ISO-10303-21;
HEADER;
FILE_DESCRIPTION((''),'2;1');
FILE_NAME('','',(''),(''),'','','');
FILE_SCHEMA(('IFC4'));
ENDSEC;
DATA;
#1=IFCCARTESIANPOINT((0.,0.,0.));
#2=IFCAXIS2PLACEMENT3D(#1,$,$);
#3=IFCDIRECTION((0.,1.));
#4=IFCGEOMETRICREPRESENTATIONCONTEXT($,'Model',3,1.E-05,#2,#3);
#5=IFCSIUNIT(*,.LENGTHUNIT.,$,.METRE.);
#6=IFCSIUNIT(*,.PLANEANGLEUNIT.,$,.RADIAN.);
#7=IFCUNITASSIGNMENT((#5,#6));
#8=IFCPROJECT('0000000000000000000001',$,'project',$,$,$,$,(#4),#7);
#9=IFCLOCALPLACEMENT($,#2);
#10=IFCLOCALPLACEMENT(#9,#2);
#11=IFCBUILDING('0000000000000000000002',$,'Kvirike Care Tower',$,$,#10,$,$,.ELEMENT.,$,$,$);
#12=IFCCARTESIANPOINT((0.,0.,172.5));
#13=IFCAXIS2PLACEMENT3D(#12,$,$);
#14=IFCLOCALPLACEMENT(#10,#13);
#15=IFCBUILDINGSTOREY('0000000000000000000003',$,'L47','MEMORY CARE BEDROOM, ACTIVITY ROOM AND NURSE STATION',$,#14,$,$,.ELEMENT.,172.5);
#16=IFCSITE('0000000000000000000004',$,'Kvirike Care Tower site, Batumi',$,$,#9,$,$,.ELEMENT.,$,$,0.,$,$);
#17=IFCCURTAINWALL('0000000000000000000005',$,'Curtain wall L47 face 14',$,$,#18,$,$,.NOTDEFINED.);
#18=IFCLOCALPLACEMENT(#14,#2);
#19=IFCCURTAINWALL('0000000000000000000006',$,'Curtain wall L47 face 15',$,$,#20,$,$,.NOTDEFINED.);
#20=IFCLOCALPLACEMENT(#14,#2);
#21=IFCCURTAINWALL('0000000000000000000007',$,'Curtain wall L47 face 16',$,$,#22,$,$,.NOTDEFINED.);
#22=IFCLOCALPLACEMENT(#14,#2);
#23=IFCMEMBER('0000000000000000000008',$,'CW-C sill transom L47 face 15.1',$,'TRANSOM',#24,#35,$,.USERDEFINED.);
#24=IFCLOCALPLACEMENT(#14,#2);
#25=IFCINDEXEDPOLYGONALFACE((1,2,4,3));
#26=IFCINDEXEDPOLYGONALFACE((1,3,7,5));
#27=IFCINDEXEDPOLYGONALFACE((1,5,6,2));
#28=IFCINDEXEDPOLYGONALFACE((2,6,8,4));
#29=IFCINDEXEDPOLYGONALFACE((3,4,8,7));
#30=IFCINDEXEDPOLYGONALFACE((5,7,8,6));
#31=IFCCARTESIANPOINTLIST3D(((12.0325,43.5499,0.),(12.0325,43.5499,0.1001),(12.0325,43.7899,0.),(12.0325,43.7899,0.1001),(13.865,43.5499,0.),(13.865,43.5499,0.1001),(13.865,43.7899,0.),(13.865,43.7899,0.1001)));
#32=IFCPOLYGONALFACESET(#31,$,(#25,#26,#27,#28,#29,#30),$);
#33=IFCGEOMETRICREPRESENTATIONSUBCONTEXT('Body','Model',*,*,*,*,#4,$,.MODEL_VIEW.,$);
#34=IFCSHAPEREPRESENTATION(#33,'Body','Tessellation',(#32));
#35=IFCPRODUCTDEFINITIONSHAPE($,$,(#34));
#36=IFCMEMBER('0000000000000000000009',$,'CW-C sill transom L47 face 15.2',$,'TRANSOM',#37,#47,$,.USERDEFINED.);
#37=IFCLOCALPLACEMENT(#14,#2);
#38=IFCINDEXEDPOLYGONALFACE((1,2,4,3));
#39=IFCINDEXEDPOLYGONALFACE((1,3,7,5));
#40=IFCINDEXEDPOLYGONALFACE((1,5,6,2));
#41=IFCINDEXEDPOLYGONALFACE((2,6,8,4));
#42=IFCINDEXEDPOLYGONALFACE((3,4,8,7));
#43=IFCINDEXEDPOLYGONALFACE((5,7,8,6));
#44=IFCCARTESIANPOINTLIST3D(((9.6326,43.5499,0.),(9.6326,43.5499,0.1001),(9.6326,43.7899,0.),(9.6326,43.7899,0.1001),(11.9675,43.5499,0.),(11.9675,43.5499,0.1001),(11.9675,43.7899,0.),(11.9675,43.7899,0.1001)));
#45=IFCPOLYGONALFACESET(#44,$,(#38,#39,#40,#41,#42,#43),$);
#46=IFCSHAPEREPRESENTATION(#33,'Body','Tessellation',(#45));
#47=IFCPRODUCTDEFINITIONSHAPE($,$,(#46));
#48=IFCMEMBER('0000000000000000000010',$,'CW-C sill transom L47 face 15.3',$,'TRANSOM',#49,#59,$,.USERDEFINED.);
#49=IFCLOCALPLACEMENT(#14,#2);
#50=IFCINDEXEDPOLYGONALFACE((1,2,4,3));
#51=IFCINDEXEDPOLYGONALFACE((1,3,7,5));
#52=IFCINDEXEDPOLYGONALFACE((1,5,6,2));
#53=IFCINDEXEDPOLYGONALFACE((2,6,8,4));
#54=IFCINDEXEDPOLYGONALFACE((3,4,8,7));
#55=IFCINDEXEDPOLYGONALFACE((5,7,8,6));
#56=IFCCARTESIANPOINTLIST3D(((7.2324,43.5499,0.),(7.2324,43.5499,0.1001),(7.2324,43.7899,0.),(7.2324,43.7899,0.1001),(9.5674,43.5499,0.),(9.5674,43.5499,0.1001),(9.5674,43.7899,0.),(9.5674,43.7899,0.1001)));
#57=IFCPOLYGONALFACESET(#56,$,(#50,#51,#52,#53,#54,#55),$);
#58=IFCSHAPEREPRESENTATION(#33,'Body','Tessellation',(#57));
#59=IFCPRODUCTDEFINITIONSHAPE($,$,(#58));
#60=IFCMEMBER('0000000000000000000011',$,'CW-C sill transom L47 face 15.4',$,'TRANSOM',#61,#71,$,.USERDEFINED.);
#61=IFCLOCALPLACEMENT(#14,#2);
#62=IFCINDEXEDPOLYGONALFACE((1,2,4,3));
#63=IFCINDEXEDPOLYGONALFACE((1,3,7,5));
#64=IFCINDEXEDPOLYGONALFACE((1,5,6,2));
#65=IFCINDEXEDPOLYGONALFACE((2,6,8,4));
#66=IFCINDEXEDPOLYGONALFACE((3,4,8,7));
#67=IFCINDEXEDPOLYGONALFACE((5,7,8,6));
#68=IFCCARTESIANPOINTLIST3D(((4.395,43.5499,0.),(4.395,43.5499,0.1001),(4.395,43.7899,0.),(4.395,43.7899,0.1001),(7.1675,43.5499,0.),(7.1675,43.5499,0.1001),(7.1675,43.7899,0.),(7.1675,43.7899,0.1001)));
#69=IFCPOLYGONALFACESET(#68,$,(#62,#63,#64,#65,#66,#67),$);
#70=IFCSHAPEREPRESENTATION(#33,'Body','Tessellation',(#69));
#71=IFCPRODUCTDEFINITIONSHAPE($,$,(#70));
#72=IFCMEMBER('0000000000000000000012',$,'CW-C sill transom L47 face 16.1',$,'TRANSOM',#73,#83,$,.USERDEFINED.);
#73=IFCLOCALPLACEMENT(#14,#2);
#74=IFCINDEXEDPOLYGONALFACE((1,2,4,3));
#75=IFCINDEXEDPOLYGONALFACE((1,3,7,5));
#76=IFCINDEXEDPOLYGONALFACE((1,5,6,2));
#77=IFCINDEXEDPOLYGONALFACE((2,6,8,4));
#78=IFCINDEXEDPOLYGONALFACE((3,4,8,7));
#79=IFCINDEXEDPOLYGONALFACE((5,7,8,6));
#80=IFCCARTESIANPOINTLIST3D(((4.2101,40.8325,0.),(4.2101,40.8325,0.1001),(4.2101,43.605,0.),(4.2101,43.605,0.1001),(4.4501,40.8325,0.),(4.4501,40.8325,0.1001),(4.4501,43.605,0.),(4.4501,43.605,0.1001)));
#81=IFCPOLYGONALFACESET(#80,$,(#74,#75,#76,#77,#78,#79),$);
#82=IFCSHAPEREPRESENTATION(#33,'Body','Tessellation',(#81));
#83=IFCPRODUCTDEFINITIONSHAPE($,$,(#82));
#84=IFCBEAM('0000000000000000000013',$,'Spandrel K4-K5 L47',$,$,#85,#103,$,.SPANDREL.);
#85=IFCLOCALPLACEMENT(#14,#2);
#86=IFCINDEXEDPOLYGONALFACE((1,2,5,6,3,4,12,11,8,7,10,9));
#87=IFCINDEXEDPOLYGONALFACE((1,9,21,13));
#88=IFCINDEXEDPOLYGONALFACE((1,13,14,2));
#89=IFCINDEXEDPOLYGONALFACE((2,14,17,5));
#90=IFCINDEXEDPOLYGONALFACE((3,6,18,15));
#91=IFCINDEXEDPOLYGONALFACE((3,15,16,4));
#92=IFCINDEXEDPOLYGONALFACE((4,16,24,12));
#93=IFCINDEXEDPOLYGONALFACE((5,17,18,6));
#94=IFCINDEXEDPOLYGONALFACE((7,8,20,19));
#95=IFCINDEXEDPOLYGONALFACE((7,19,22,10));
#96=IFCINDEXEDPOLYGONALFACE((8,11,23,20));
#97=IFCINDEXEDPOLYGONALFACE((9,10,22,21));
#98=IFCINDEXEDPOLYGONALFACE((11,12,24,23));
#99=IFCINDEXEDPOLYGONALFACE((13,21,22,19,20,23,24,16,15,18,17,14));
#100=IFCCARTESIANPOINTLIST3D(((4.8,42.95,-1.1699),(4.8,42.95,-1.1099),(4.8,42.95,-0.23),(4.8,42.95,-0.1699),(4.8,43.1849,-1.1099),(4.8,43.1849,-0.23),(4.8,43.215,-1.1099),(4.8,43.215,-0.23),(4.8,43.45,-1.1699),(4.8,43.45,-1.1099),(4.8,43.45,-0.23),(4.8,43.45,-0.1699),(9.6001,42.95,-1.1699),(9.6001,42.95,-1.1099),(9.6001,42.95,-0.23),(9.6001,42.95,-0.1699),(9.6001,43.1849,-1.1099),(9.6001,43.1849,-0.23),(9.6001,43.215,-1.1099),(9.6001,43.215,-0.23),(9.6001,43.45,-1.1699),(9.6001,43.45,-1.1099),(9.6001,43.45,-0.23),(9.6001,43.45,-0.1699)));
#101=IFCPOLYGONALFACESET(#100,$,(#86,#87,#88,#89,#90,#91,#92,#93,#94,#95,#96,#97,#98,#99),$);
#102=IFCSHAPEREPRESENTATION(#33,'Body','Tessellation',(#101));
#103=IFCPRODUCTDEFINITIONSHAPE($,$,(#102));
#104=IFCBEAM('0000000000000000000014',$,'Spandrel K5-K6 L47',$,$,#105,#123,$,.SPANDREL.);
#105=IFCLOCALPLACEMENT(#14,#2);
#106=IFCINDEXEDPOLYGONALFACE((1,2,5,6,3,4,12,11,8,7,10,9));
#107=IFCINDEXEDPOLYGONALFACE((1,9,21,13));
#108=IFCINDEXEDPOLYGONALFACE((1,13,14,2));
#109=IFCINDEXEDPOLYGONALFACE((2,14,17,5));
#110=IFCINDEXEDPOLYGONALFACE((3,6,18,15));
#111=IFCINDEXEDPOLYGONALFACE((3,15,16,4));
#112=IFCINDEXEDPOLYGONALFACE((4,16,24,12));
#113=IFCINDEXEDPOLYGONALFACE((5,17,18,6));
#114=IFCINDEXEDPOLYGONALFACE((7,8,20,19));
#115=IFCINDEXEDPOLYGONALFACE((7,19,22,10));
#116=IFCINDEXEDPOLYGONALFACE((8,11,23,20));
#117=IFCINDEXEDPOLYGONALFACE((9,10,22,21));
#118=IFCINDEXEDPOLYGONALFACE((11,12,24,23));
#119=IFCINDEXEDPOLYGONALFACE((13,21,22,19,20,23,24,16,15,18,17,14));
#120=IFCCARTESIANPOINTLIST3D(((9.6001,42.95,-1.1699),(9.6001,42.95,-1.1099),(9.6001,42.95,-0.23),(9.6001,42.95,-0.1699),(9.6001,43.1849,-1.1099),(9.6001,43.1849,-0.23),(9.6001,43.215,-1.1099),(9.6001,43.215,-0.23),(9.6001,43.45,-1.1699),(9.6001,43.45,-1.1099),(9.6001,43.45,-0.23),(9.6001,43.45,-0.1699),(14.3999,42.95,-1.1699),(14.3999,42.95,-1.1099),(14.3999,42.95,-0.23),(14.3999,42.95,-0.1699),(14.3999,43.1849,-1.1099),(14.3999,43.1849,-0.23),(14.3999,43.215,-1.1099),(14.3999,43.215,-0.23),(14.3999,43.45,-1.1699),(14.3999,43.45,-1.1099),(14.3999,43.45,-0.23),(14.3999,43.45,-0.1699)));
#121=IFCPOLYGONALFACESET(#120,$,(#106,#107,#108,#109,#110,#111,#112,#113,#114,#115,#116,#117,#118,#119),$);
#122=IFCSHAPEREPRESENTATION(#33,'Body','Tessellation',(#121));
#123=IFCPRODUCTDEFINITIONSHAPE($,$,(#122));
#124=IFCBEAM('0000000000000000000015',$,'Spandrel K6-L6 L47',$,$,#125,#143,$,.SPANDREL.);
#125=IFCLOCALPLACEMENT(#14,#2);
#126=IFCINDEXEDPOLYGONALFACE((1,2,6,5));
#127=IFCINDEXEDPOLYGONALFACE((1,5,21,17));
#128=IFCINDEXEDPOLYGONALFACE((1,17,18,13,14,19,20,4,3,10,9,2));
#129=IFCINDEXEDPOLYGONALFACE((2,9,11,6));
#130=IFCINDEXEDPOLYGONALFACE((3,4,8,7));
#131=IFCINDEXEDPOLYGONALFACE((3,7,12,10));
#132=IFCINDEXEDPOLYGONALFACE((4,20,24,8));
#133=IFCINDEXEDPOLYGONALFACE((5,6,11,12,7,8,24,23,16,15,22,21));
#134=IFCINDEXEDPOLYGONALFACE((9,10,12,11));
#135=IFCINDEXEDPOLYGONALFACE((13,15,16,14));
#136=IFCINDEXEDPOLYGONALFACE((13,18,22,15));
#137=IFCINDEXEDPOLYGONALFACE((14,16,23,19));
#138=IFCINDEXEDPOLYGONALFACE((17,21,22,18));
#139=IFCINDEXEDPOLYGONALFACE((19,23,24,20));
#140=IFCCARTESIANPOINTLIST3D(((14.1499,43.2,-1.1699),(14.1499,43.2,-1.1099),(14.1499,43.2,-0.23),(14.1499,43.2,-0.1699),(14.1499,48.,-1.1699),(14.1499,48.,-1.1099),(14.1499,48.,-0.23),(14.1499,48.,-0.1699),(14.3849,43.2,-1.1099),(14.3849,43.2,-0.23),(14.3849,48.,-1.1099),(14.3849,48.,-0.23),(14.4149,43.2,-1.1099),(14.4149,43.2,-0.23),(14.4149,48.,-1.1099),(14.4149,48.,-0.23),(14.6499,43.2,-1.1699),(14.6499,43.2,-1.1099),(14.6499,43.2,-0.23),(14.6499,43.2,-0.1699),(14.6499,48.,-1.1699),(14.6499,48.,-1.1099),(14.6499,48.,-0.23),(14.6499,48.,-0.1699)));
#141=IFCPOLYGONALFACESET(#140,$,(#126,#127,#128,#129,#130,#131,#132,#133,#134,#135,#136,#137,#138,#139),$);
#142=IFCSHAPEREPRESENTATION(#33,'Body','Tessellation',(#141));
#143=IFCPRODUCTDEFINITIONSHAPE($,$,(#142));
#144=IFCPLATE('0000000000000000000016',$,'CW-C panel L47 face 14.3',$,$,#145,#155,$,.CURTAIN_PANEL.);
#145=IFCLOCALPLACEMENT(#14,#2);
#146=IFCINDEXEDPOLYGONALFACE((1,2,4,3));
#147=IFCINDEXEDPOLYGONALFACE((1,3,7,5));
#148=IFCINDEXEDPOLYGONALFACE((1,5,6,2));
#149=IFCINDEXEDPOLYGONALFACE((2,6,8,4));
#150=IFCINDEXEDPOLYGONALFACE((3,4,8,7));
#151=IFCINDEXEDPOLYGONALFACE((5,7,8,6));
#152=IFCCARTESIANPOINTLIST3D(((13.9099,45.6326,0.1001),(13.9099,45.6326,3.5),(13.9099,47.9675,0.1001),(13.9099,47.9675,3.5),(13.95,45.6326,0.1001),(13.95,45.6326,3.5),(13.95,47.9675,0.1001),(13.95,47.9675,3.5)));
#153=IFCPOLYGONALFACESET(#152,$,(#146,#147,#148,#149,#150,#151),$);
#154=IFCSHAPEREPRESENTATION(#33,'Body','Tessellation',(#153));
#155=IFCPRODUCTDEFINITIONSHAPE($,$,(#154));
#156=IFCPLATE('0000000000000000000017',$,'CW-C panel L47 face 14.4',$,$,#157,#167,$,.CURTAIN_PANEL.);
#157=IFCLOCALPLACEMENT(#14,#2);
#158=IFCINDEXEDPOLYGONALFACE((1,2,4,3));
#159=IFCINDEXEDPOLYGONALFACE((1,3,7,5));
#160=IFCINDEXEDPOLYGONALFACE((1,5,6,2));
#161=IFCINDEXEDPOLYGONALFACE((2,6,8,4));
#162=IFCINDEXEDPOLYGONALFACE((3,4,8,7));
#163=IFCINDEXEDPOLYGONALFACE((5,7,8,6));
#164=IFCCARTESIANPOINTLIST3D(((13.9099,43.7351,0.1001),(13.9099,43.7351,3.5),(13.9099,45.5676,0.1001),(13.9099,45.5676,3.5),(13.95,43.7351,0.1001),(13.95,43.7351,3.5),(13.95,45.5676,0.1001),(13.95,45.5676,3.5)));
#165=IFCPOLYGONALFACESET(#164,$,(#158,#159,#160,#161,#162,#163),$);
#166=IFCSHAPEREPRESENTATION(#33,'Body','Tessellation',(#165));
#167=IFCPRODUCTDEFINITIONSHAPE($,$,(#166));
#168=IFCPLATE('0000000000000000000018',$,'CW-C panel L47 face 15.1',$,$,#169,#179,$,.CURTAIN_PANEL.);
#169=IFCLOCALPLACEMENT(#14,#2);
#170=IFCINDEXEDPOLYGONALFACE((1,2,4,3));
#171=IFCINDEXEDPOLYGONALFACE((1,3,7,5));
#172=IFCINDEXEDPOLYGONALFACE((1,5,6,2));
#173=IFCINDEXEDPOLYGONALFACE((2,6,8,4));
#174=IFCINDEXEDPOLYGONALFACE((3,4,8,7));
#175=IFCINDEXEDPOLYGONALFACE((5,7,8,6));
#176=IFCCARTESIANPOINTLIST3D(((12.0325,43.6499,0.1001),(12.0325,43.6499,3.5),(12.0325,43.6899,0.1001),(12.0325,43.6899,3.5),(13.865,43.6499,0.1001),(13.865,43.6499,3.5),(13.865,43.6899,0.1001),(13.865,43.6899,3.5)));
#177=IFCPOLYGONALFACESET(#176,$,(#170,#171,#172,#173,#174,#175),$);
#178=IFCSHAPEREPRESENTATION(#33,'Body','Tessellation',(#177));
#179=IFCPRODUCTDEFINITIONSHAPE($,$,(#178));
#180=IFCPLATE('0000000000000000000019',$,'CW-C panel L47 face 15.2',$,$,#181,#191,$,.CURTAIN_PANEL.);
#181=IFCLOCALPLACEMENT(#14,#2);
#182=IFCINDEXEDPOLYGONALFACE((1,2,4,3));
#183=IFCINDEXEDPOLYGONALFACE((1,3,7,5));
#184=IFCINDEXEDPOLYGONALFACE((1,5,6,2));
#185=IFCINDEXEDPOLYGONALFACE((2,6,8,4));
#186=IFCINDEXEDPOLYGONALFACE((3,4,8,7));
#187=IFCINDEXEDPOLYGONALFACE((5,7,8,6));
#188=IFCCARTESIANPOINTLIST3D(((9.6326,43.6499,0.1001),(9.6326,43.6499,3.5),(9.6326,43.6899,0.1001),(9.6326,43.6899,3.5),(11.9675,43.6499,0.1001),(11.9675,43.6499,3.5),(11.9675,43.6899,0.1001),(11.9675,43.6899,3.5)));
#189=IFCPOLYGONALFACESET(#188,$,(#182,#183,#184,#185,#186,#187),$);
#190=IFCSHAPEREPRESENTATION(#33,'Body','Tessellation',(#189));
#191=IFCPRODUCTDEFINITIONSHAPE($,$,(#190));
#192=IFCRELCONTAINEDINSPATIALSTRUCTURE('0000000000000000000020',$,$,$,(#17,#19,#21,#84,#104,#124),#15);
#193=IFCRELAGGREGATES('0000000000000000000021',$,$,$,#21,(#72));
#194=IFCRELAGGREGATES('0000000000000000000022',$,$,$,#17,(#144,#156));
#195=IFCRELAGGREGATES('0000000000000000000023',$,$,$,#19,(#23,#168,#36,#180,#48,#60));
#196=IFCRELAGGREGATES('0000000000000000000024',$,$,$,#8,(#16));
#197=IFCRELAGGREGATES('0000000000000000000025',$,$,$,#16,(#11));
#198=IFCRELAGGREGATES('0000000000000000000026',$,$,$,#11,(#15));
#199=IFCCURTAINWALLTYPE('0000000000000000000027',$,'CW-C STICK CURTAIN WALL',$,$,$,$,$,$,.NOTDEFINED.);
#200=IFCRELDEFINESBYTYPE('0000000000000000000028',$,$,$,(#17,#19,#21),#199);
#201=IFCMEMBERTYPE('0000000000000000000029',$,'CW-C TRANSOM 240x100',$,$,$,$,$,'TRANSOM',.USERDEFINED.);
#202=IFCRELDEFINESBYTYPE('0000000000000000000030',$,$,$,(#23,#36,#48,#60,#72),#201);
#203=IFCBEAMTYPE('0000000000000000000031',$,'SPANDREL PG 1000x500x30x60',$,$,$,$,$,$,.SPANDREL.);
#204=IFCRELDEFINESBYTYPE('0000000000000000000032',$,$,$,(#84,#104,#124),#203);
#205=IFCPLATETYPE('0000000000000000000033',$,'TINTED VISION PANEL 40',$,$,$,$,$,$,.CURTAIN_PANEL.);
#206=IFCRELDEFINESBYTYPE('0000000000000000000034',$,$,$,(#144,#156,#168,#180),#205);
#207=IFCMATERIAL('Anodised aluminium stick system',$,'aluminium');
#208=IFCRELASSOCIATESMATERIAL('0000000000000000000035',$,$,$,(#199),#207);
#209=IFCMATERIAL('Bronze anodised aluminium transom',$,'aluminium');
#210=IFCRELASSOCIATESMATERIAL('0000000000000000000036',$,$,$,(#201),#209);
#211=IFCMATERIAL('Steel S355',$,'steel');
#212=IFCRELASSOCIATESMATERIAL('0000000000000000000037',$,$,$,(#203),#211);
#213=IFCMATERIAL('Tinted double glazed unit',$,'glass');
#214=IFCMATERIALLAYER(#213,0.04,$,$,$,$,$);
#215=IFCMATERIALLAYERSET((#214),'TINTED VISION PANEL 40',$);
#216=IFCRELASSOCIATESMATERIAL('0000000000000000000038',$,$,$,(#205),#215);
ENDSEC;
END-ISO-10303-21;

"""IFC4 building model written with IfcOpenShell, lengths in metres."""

from ifc_helpers import new_model, si_unit, direction, frame, origin, origin_2d, place, context, subcontext, project, spatial, rectangle, i_section, extrude, material, layer, layer_set, material_profile, profile_set, type_object, element, aggregate, save


model = new_model("IFC4")

# Units and contexts
model_context = context("Model", 3, precision=1e-05, world=origin(), true_north=direction((0.0, 1.0)))
body_context = subcontext(model_context, "Body", "Model", "MODEL_VIEW")
ifc_project = project(units=[si_unit("LENGTHUNIT", "METRE"), si_unit("PLANEANGLEUNIT", "RADIAN")], contexts=[model_context])

# Site, building, storey
site_placement = place(None, origin())
site = spatial("IfcSite", under=ifc_project, at=site_placement, Name="Kvirike Care Tower site, Batumi", CompositionType="ELEMENT", RefElevation=0.0)
building_placement = place(site_placement, origin())
building = spatial("IfcBuilding", under=site, at=building_placement, Name="Kvirike Care Tower", CompositionType="ELEMENT")
storey_placement = place(building_placement, frame((0.0, 0.0, 172.5)))
storey = spatial("IfcBuildingStorey", under=building, at=storey_placement, Name="L47", Description="MEMORY CARE BEDROOM, ACTIVITY ROOM AND NURSE STATION", CompositionType="ELEMENT", Elevation=172.5)

# Curtain walls
ifc_material_1 = material(Name="Anodised aluminium stick system", Category="aluminium")
curtain_wall_type = type_object("IfcCurtainWallType", Name="CW-C STICK CURTAIN WALL", PredefinedType="NOTDEFINED", material=ifc_material_1)
curtain_wall_1_placement = place(storey_placement, origin())
curtain_wall_1 = element("IfcCurtainWall", 1, at=curtain_wall_1_placement, inside=storey, type_object=curtain_wall_type, Name="Curtain wall L47 face 14", PredefinedType="NOTDEFINED")
curtain_wall_2_placement = place(storey_placement, origin())
curtain_wall_2 = element("IfcCurtainWall", 2, at=curtain_wall_2_placement, inside=storey, type_object=curtain_wall_type, Name="Curtain wall L47 face 15", PredefinedType="NOTDEFINED")

# Curtain wall
curtain_wall_3_placement = place(storey_placement, origin())
curtain_wall_3 = element("IfcCurtainWall", 3, at=curtain_wall_3_placement, inside=storey, type_object=curtain_wall_type, Name="Curtain wall L47 face 16", PredefinedType="NOTDEFINED")

# Members
ifc_material_2 = material(Name="Bronze anodised aluminium transom", Category="aluminium")
ifc_material_profile_1 = material_profile(ifc_material_2, rectangle(XDim=0.24, YDim=0.1001, at=origin_2d()), Name="CW-C TRANSOM 240x100")
ifc_profile_set_1 = profile_set([ifc_material_profile_1], Name="Bronze anodised aluminium transom")
member_type_1 = type_object("IfcMemberType", Name="CW-C TRANSOM 240x100", ElementType="TRANSOM", PredefinedType="USERDEFINED", material=ifc_profile_set_1)
member_1_placement = place(storey_placement, frame((13.865, 43.6699, 0.05), z_axis=(-1.0, 0.0, 0.0), x_axis=(0.0, -1.0, 0.0)))
member_1 = element("IfcMember", 4, at=member_1_placement, type_object=member_type_1, Name="CW-C sill transom L47 face 15.1", ObjectType="TRANSOM", PredefinedType="USERDEFINED", context=body_context, shape_type="SweptSolid", body=[
    extrude(rectangle(XDim=0.24, YDim=0.1001, at=origin_2d()), origin(), (0.0, 0.0, 1.0), 1.8325),
])
member_2_placement = place(storey_placement, frame((11.9675, 43.6699, 0.05), z_axis=(-1.0, 0.0, 0.0), x_axis=(0.0, -1.0, 0.0)))
member_2 = element("IfcMember", 5, at=member_2_placement, type_object=member_type_1, Name="CW-C sill transom L47 face 15.2", ObjectType="TRANSOM", PredefinedType="USERDEFINED", context=body_context, shape_type="SweptSolid", body=[
    extrude(rectangle(XDim=0.24, YDim=0.1001, at=origin_2d()), origin(), (0.0, 0.0, 1.0), 2.335),
])
member_3_placement = place(storey_placement, frame((9.5674, 43.6699, 0.05), z_axis=(-1.0, 0.0, 0.0), x_axis=(0.0, -1.0, 0.0)))
member_3 = element("IfcMember", 6, at=member_3_placement, type_object=member_type_1, Name="CW-C sill transom L47 face 15.3", ObjectType="TRANSOM", PredefinedType="USERDEFINED", context=body_context, shape_type="SweptSolid", body=[
    extrude(rectangle(XDim=0.24, YDim=0.1001, at=origin_2d()), origin(), (0.0, 0.0, 1.0), 2.335),
])
member_4_placement = place(storey_placement, frame((7.1675, 43.6699, 0.05), z_axis=(-1.0, 0.0, 0.0), x_axis=(0.0, -1.0, 0.0)))
member_4 = element("IfcMember", 7, at=member_4_placement, type_object=member_type_1, Name="CW-C sill transom L47 face 15.4", ObjectType="TRANSOM", PredefinedType="USERDEFINED", context=body_context, shape_type="SweptSolid", body=[
    extrude(rectangle(XDim=0.24, YDim=0.1001, at=origin_2d()), origin(), (0.0, 0.0, 1.0), 2.7725),
])
member_5_placement = place(storey_placement, frame((4.3301, 43.605, 0.05), z_axis=(0.0, -1.0, 0.0), x_axis=(1.0, 0.0, 0.0)))
member_5 = element("IfcMember", 8, at=member_5_placement, type_object=member_type_1, Name="CW-C sill transom L47 face 16.1", ObjectType="TRANSOM", PredefinedType="USERDEFINED", context=body_context, shape_type="SweptSolid", body=[
    extrude(rectangle(XDim=0.24, YDim=0.1001, at=origin_2d()), origin(), (0.0, 0.0, 1.0), 2.7725),
])
aggregate(curtain_wall_3, [member_5])

# Beams
ifc_material_3 = material(Name="Steel S355", Category="steel")
ifc_material_profile_2 = material_profile(ifc_material_3, i_section(OverallWidth=0.5, OverallDepth=1.0, WebThickness=0.03, FlangeThickness=0.0601, at=origin_2d()), Name="PG 1000x500x30x60")
ifc_profile_set_2 = profile_set([ifc_material_profile_2], Name="Steel S355")
beam_type = type_object("IfcBeamType", Name="SPANDREL PG 1000x500x30x60", PredefinedType="SPANDREL", material=ifc_profile_set_2)
beam_1_placement = place(storey_placement, frame((4.8, 43.2, -0.6699), z_axis=(1.0, 0.0, 0.0), x_axis=(0.0, 1.0, 0.0)))
element("IfcBeam", 9, at=beam_1_placement, inside=storey, type_object=beam_type, Name="Spandrel K4-K5 L47", PredefinedType="SPANDREL", context=body_context, shape_type="SweptSolid", body=[
    extrude(i_section(OverallWidth=0.5, OverallDepth=1.0, WebThickness=0.03, FlangeThickness=0.0601, at=origin_2d()), origin(), (0.0, 0.0, 1.0), 4.8),
])
beam_2_placement = place(storey_placement, frame((9.6001, 43.2, -0.6699), z_axis=(1.0, 0.0, 0.0), x_axis=(0.0, 1.0, 0.0)))
element("IfcBeam", 10, at=beam_2_placement, inside=storey, type_object=beam_type, Name="Spandrel K5-K6 L47", PredefinedType="SPANDREL", context=body_context, shape_type="SweptSolid", body=[
    extrude(i_section(OverallWidth=0.5, OverallDepth=1.0, WebThickness=0.03, FlangeThickness=0.0601, at=origin_2d()), origin(), (0.0, 0.0, 1.0), 4.7998),
])
beam_3_placement = place(storey_placement, frame((14.3999, 43.2, -0.6699), z_axis=(0.0, 1.0, 0.0), x_axis=(-1.0, 0.0, 0.0)))
element("IfcBeam", 11, at=beam_3_placement, inside=storey, type_object=beam_type, Name="Spandrel K6-L6 L47", PredefinedType="SPANDREL", context=body_context, shape_type="SweptSolid", body=[
    extrude(i_section(OverallWidth=0.5, OverallDepth=1.0, WebThickness=0.03, FlangeThickness=0.0601, at=origin_2d()), origin(), (0.0, 0.0, 1.0), 4.8),
])

# Plates
ifc_material_4 = material(Name="Tinted double glazed unit", Category="glass")
ifc_layer_1 = layer(ifc_material_4, 0.04)
ifc_layer_set_1 = layer_set([ifc_layer_1], Name="TINTED VISION PANEL 40")
plate_type = type_object("IfcPlateType", Name="TINTED VISION PANEL 40", PredefinedType="CURTAIN_PANEL", material=ifc_layer_set_1)
plate_1_placement = place(storey_placement, frame((13.9299, 46.8, 0.1001), z_axis=(0.0, 0.0, 1.0), x_axis=(0.0, -1.0, 0.0)))
plate_1 = element("IfcPlate", 12, at=plate_1_placement, type_object=plate_type, Name="CW-C panel L47 face 14.3", PredefinedType="CURTAIN_PANEL", context=body_context, shape_type="SweptSolid", body=[
    extrude(rectangle(XDim=2.335, YDim=0.04, at=origin_2d()), origin(), (0.0, 0.0, 1.0), 3.3999),
])
plate_2_placement = place(storey_placement, frame((13.9299, 44.6514, 0.1001), z_axis=(0.0, 0.0, 1.0), x_axis=(0.0, -1.0, 0.0)))
plate_2 = element("IfcPlate", 13, at=plate_2_placement, type_object=plate_type, Name="CW-C panel L47 face 14.4", PredefinedType="CURTAIN_PANEL", context=body_context, shape_type="SweptSolid", body=[
    extrude(rectangle(XDim=1.8325, YDim=0.04, at=origin_2d()), origin(), (0.0, 0.0, 1.0), 3.3999),
])
aggregate(curtain_wall_1, [plate_1, plate_2])
plate_3_placement = place(storey_placement, frame((12.9487, 43.6699, 0.1001), z_axis=(0.0, 0.0, 1.0), x_axis=(-1.0, 0.0, 0.0)))
plate_3 = element("IfcPlate", 14, at=plate_3_placement, type_object=plate_type, Name="CW-C panel L47 face 15.1", PredefinedType="CURTAIN_PANEL", context=body_context, shape_type="SweptSolid", body=[
    extrude(rectangle(XDim=1.8325, YDim=0.04, at=origin_2d()), origin(), (0.0, 0.0, 1.0), 3.3999),
])
plate_4_placement = place(storey_placement, frame((10.8, 43.6699, 0.1001), z_axis=(0.0, 0.0, 1.0), x_axis=(-1.0, 0.0, 0.0)))
plate_4 = element("IfcPlate", 15, at=plate_4_placement, type_object=plate_type, Name="CW-C panel L47 face 15.2", PredefinedType="CURTAIN_PANEL", context=body_context, shape_type="SweptSolid", body=[
    extrude(rectangle(XDim=2.335, YDim=0.04, at=origin_2d()), origin(), (0.0, 0.0, 1.0), 3.3999),
])
aggregate(curtain_wall_2, [member_1, plate_3, member_2, plate_4, member_3, member_4])

save(model, "model.ifc")
